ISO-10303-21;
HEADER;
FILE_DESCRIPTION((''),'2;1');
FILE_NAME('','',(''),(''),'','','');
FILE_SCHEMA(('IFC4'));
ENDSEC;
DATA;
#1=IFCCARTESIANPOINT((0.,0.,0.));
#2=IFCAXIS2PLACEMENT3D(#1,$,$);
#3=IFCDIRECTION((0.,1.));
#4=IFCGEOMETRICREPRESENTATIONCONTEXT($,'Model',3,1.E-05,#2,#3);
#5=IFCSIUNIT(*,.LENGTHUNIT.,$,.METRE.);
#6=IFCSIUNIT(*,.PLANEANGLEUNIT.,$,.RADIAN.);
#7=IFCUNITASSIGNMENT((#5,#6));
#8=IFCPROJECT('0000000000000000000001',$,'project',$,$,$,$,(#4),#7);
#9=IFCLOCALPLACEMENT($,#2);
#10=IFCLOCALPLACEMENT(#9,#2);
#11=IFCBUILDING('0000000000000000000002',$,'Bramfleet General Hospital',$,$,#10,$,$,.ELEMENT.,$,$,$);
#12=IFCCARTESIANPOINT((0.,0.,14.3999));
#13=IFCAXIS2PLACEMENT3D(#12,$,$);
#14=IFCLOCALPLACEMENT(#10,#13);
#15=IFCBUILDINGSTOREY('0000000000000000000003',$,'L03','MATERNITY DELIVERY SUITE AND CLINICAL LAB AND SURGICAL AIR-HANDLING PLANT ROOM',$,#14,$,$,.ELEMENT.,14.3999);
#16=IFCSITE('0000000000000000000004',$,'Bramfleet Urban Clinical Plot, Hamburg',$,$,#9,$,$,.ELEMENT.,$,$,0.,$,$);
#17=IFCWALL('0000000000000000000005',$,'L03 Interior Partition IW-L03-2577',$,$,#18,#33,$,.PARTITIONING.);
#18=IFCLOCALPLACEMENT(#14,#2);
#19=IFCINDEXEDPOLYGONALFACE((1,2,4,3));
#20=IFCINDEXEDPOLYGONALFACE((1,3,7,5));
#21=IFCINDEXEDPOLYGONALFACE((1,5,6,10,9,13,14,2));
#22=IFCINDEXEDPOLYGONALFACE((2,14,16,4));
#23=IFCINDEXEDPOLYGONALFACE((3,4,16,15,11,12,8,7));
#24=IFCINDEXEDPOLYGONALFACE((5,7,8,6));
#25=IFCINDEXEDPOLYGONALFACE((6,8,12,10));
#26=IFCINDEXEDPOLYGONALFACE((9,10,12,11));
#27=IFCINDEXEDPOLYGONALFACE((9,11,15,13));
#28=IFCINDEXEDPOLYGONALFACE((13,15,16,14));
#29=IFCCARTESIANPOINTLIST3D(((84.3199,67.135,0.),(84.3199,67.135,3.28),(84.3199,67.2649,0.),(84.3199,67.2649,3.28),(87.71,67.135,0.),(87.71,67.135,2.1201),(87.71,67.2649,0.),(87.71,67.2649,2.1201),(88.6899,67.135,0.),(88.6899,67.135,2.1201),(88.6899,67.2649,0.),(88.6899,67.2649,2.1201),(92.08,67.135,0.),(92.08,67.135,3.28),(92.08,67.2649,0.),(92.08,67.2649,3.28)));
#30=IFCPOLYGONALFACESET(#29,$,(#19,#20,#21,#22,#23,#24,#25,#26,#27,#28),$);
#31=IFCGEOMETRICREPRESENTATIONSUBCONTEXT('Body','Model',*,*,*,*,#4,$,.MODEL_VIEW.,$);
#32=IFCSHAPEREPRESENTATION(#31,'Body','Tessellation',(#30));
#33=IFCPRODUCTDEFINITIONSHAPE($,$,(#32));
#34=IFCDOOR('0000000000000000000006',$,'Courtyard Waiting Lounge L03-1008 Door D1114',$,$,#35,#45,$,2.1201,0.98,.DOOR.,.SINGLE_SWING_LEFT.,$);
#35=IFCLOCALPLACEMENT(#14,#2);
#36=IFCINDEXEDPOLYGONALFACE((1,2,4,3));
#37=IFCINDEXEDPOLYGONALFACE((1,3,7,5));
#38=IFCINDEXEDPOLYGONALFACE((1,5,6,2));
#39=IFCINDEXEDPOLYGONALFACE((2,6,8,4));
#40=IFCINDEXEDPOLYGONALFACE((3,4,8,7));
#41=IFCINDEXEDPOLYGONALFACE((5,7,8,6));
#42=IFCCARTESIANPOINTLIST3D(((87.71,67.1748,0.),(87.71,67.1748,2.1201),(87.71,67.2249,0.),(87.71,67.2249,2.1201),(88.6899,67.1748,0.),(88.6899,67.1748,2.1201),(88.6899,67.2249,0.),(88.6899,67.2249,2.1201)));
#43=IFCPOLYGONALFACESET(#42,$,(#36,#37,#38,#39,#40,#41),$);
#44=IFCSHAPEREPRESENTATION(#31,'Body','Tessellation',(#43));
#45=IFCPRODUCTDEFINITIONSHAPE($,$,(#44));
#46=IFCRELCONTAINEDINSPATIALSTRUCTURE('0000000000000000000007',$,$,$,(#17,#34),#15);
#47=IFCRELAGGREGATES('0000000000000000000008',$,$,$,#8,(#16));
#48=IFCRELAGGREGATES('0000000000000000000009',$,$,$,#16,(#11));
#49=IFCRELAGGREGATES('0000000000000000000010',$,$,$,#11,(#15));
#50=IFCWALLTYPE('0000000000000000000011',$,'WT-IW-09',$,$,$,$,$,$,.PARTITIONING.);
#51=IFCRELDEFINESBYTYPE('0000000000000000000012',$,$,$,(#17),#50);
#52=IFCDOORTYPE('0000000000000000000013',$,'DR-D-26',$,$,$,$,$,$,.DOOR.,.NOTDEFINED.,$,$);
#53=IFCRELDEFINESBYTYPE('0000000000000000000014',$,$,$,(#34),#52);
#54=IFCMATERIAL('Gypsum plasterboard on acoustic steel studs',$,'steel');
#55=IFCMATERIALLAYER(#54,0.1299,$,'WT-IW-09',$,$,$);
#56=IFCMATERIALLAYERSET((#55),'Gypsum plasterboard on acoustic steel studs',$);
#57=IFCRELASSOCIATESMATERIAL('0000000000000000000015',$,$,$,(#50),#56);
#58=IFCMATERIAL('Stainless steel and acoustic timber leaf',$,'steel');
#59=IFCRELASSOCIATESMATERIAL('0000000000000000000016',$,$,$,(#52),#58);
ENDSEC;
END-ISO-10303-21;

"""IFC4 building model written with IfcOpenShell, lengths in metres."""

from ifc_helpers import new_model, si_unit, direction, frame, frame_2d, origin, place, context, subcontext, project, spatial, rectangle, extrude, material, layer, layer_set, type_object, element, fill, save


model = new_model("IFC4")

# Units and contexts
model_context = context("Model", 3, precision=1e-05, world=origin(), true_north=direction((0.0, 1.0)))
body_context = subcontext(model_context, "Body", "Model", "MODEL_VIEW")
ifc_project = project(units=[si_unit("LENGTHUNIT", "METRE"), si_unit("PLANEANGLEUNIT", "RADIAN")], contexts=[model_context])

# Site, building, storey
site_placement = place(None, origin())
site = spatial("IfcSite", under=ifc_project, at=site_placement, Name="Bramfleet Urban Clinical Plot, Hamburg", CompositionType="ELEMENT", RefElevation=0.0)
building_placement = place(site_placement, origin())
building = spatial("IfcBuilding", under=site, at=building_placement, Name="Bramfleet General Hospital", CompositionType="ELEMENT")
storey_placement = place(building_placement, frame((0.0, 0.0, 14.3999)))
storey = spatial("IfcBuildingStorey", under=building, at=storey_placement, Name="L03", Description="MATERNITY DELIVERY SUITE AND CLINICAL LAB AND SURGICAL AIR-HANDLING PLANT ROOM", CompositionType="ELEMENT", Elevation=14.3999)

# Wall, opening, door
ifc_material_1 = material(Name="Stainless steel and acoustic timber leaf", Category="steel")
ifc_material_2 = material(Name="Gypsum plasterboard on acoustic steel studs", Category="steel")
ifc_layer_1 = layer(ifc_material_2, 0.1299, Name="WT-IW-09")
ifc_layer_set_1 = layer_set([ifc_layer_1], Name="Gypsum plasterboard on acoustic steel studs")
wall_type_1 = type_object("IfcWallType", Name="WT-IW-09", PredefinedType="PARTITIONING", material=ifc_layer_set_1)
wall_1_placement = place(storey_placement, frame((84.3201, 67.2, 0.0), z_axis=(0.0, 0.0, 1.0), x_axis=(1.0, 0.0, 0.0)))
wall_1 = element("IfcWall", 1, at=wall_1_placement, inside=storey, type_object=wall_type_1, Name="L03 Interior Partition IW-L03-2577", PredefinedType="PARTITIONING", context=body_context, shape_type="SweptSolid", body=[
    extrude(rectangle(XDim=7.76, YDim=0.1299, at=frame_2d((3.8799, 0.0))), origin(), (0.0, 0.0, 1.0), 3.28),
])
opening_1_placement = place(wall_1_placement, frame((3.3899, 0.0, 0.0)))
opening_1 = element("IfcOpeningElement", 2, at=opening_1_placement, cuts=wall_1, PredefinedType="OPENING", context=body_context, shape_type="SweptSolid", body=[
    extrude(rectangle(XDim=0.98, YDim=2.1201, at=frame_2d((0.49, 1.0601))), frame((0.0, 0.075, 0.0), z_axis=(0.0, -1.0, 0.0), x_axis=(1.0, 0.0, 0.0)), (0.0, 0.0, 1.0), 0.1499),
])
door_type_1 = type_object("IfcDoorType", Name="DR-D-26", OperationType="NOTDEFINED", PredefinedType="DOOR", material=ifc_material_1)
door_1_placement = place(opening_1_placement, origin())
door_1 = element("IfcDoor", 3, at=door_1_placement, inside=storey, type_object=door_type_1, Name="Courtyard Waiting Lounge L03-1008 Door D1114", OperationType="SINGLE_SWING_LEFT", OverallHeight=2.1201, OverallWidth=0.98, PredefinedType="DOOR", context=body_context, shape_type="SweptSolid", body=[
    extrude(rectangle(XDim=0.98, YDim=2.1201, at=frame_2d((0.49, 1.0601))), frame((0.0, 0.0249, 0.0), z_axis=(0.0, -1.0, 0.0), x_axis=(1.0, 0.0, 0.0)), (0.0, 0.0, 1.0), 0.05),
])
fill(opening_1, door_1)

save(model, "model.ifc")
